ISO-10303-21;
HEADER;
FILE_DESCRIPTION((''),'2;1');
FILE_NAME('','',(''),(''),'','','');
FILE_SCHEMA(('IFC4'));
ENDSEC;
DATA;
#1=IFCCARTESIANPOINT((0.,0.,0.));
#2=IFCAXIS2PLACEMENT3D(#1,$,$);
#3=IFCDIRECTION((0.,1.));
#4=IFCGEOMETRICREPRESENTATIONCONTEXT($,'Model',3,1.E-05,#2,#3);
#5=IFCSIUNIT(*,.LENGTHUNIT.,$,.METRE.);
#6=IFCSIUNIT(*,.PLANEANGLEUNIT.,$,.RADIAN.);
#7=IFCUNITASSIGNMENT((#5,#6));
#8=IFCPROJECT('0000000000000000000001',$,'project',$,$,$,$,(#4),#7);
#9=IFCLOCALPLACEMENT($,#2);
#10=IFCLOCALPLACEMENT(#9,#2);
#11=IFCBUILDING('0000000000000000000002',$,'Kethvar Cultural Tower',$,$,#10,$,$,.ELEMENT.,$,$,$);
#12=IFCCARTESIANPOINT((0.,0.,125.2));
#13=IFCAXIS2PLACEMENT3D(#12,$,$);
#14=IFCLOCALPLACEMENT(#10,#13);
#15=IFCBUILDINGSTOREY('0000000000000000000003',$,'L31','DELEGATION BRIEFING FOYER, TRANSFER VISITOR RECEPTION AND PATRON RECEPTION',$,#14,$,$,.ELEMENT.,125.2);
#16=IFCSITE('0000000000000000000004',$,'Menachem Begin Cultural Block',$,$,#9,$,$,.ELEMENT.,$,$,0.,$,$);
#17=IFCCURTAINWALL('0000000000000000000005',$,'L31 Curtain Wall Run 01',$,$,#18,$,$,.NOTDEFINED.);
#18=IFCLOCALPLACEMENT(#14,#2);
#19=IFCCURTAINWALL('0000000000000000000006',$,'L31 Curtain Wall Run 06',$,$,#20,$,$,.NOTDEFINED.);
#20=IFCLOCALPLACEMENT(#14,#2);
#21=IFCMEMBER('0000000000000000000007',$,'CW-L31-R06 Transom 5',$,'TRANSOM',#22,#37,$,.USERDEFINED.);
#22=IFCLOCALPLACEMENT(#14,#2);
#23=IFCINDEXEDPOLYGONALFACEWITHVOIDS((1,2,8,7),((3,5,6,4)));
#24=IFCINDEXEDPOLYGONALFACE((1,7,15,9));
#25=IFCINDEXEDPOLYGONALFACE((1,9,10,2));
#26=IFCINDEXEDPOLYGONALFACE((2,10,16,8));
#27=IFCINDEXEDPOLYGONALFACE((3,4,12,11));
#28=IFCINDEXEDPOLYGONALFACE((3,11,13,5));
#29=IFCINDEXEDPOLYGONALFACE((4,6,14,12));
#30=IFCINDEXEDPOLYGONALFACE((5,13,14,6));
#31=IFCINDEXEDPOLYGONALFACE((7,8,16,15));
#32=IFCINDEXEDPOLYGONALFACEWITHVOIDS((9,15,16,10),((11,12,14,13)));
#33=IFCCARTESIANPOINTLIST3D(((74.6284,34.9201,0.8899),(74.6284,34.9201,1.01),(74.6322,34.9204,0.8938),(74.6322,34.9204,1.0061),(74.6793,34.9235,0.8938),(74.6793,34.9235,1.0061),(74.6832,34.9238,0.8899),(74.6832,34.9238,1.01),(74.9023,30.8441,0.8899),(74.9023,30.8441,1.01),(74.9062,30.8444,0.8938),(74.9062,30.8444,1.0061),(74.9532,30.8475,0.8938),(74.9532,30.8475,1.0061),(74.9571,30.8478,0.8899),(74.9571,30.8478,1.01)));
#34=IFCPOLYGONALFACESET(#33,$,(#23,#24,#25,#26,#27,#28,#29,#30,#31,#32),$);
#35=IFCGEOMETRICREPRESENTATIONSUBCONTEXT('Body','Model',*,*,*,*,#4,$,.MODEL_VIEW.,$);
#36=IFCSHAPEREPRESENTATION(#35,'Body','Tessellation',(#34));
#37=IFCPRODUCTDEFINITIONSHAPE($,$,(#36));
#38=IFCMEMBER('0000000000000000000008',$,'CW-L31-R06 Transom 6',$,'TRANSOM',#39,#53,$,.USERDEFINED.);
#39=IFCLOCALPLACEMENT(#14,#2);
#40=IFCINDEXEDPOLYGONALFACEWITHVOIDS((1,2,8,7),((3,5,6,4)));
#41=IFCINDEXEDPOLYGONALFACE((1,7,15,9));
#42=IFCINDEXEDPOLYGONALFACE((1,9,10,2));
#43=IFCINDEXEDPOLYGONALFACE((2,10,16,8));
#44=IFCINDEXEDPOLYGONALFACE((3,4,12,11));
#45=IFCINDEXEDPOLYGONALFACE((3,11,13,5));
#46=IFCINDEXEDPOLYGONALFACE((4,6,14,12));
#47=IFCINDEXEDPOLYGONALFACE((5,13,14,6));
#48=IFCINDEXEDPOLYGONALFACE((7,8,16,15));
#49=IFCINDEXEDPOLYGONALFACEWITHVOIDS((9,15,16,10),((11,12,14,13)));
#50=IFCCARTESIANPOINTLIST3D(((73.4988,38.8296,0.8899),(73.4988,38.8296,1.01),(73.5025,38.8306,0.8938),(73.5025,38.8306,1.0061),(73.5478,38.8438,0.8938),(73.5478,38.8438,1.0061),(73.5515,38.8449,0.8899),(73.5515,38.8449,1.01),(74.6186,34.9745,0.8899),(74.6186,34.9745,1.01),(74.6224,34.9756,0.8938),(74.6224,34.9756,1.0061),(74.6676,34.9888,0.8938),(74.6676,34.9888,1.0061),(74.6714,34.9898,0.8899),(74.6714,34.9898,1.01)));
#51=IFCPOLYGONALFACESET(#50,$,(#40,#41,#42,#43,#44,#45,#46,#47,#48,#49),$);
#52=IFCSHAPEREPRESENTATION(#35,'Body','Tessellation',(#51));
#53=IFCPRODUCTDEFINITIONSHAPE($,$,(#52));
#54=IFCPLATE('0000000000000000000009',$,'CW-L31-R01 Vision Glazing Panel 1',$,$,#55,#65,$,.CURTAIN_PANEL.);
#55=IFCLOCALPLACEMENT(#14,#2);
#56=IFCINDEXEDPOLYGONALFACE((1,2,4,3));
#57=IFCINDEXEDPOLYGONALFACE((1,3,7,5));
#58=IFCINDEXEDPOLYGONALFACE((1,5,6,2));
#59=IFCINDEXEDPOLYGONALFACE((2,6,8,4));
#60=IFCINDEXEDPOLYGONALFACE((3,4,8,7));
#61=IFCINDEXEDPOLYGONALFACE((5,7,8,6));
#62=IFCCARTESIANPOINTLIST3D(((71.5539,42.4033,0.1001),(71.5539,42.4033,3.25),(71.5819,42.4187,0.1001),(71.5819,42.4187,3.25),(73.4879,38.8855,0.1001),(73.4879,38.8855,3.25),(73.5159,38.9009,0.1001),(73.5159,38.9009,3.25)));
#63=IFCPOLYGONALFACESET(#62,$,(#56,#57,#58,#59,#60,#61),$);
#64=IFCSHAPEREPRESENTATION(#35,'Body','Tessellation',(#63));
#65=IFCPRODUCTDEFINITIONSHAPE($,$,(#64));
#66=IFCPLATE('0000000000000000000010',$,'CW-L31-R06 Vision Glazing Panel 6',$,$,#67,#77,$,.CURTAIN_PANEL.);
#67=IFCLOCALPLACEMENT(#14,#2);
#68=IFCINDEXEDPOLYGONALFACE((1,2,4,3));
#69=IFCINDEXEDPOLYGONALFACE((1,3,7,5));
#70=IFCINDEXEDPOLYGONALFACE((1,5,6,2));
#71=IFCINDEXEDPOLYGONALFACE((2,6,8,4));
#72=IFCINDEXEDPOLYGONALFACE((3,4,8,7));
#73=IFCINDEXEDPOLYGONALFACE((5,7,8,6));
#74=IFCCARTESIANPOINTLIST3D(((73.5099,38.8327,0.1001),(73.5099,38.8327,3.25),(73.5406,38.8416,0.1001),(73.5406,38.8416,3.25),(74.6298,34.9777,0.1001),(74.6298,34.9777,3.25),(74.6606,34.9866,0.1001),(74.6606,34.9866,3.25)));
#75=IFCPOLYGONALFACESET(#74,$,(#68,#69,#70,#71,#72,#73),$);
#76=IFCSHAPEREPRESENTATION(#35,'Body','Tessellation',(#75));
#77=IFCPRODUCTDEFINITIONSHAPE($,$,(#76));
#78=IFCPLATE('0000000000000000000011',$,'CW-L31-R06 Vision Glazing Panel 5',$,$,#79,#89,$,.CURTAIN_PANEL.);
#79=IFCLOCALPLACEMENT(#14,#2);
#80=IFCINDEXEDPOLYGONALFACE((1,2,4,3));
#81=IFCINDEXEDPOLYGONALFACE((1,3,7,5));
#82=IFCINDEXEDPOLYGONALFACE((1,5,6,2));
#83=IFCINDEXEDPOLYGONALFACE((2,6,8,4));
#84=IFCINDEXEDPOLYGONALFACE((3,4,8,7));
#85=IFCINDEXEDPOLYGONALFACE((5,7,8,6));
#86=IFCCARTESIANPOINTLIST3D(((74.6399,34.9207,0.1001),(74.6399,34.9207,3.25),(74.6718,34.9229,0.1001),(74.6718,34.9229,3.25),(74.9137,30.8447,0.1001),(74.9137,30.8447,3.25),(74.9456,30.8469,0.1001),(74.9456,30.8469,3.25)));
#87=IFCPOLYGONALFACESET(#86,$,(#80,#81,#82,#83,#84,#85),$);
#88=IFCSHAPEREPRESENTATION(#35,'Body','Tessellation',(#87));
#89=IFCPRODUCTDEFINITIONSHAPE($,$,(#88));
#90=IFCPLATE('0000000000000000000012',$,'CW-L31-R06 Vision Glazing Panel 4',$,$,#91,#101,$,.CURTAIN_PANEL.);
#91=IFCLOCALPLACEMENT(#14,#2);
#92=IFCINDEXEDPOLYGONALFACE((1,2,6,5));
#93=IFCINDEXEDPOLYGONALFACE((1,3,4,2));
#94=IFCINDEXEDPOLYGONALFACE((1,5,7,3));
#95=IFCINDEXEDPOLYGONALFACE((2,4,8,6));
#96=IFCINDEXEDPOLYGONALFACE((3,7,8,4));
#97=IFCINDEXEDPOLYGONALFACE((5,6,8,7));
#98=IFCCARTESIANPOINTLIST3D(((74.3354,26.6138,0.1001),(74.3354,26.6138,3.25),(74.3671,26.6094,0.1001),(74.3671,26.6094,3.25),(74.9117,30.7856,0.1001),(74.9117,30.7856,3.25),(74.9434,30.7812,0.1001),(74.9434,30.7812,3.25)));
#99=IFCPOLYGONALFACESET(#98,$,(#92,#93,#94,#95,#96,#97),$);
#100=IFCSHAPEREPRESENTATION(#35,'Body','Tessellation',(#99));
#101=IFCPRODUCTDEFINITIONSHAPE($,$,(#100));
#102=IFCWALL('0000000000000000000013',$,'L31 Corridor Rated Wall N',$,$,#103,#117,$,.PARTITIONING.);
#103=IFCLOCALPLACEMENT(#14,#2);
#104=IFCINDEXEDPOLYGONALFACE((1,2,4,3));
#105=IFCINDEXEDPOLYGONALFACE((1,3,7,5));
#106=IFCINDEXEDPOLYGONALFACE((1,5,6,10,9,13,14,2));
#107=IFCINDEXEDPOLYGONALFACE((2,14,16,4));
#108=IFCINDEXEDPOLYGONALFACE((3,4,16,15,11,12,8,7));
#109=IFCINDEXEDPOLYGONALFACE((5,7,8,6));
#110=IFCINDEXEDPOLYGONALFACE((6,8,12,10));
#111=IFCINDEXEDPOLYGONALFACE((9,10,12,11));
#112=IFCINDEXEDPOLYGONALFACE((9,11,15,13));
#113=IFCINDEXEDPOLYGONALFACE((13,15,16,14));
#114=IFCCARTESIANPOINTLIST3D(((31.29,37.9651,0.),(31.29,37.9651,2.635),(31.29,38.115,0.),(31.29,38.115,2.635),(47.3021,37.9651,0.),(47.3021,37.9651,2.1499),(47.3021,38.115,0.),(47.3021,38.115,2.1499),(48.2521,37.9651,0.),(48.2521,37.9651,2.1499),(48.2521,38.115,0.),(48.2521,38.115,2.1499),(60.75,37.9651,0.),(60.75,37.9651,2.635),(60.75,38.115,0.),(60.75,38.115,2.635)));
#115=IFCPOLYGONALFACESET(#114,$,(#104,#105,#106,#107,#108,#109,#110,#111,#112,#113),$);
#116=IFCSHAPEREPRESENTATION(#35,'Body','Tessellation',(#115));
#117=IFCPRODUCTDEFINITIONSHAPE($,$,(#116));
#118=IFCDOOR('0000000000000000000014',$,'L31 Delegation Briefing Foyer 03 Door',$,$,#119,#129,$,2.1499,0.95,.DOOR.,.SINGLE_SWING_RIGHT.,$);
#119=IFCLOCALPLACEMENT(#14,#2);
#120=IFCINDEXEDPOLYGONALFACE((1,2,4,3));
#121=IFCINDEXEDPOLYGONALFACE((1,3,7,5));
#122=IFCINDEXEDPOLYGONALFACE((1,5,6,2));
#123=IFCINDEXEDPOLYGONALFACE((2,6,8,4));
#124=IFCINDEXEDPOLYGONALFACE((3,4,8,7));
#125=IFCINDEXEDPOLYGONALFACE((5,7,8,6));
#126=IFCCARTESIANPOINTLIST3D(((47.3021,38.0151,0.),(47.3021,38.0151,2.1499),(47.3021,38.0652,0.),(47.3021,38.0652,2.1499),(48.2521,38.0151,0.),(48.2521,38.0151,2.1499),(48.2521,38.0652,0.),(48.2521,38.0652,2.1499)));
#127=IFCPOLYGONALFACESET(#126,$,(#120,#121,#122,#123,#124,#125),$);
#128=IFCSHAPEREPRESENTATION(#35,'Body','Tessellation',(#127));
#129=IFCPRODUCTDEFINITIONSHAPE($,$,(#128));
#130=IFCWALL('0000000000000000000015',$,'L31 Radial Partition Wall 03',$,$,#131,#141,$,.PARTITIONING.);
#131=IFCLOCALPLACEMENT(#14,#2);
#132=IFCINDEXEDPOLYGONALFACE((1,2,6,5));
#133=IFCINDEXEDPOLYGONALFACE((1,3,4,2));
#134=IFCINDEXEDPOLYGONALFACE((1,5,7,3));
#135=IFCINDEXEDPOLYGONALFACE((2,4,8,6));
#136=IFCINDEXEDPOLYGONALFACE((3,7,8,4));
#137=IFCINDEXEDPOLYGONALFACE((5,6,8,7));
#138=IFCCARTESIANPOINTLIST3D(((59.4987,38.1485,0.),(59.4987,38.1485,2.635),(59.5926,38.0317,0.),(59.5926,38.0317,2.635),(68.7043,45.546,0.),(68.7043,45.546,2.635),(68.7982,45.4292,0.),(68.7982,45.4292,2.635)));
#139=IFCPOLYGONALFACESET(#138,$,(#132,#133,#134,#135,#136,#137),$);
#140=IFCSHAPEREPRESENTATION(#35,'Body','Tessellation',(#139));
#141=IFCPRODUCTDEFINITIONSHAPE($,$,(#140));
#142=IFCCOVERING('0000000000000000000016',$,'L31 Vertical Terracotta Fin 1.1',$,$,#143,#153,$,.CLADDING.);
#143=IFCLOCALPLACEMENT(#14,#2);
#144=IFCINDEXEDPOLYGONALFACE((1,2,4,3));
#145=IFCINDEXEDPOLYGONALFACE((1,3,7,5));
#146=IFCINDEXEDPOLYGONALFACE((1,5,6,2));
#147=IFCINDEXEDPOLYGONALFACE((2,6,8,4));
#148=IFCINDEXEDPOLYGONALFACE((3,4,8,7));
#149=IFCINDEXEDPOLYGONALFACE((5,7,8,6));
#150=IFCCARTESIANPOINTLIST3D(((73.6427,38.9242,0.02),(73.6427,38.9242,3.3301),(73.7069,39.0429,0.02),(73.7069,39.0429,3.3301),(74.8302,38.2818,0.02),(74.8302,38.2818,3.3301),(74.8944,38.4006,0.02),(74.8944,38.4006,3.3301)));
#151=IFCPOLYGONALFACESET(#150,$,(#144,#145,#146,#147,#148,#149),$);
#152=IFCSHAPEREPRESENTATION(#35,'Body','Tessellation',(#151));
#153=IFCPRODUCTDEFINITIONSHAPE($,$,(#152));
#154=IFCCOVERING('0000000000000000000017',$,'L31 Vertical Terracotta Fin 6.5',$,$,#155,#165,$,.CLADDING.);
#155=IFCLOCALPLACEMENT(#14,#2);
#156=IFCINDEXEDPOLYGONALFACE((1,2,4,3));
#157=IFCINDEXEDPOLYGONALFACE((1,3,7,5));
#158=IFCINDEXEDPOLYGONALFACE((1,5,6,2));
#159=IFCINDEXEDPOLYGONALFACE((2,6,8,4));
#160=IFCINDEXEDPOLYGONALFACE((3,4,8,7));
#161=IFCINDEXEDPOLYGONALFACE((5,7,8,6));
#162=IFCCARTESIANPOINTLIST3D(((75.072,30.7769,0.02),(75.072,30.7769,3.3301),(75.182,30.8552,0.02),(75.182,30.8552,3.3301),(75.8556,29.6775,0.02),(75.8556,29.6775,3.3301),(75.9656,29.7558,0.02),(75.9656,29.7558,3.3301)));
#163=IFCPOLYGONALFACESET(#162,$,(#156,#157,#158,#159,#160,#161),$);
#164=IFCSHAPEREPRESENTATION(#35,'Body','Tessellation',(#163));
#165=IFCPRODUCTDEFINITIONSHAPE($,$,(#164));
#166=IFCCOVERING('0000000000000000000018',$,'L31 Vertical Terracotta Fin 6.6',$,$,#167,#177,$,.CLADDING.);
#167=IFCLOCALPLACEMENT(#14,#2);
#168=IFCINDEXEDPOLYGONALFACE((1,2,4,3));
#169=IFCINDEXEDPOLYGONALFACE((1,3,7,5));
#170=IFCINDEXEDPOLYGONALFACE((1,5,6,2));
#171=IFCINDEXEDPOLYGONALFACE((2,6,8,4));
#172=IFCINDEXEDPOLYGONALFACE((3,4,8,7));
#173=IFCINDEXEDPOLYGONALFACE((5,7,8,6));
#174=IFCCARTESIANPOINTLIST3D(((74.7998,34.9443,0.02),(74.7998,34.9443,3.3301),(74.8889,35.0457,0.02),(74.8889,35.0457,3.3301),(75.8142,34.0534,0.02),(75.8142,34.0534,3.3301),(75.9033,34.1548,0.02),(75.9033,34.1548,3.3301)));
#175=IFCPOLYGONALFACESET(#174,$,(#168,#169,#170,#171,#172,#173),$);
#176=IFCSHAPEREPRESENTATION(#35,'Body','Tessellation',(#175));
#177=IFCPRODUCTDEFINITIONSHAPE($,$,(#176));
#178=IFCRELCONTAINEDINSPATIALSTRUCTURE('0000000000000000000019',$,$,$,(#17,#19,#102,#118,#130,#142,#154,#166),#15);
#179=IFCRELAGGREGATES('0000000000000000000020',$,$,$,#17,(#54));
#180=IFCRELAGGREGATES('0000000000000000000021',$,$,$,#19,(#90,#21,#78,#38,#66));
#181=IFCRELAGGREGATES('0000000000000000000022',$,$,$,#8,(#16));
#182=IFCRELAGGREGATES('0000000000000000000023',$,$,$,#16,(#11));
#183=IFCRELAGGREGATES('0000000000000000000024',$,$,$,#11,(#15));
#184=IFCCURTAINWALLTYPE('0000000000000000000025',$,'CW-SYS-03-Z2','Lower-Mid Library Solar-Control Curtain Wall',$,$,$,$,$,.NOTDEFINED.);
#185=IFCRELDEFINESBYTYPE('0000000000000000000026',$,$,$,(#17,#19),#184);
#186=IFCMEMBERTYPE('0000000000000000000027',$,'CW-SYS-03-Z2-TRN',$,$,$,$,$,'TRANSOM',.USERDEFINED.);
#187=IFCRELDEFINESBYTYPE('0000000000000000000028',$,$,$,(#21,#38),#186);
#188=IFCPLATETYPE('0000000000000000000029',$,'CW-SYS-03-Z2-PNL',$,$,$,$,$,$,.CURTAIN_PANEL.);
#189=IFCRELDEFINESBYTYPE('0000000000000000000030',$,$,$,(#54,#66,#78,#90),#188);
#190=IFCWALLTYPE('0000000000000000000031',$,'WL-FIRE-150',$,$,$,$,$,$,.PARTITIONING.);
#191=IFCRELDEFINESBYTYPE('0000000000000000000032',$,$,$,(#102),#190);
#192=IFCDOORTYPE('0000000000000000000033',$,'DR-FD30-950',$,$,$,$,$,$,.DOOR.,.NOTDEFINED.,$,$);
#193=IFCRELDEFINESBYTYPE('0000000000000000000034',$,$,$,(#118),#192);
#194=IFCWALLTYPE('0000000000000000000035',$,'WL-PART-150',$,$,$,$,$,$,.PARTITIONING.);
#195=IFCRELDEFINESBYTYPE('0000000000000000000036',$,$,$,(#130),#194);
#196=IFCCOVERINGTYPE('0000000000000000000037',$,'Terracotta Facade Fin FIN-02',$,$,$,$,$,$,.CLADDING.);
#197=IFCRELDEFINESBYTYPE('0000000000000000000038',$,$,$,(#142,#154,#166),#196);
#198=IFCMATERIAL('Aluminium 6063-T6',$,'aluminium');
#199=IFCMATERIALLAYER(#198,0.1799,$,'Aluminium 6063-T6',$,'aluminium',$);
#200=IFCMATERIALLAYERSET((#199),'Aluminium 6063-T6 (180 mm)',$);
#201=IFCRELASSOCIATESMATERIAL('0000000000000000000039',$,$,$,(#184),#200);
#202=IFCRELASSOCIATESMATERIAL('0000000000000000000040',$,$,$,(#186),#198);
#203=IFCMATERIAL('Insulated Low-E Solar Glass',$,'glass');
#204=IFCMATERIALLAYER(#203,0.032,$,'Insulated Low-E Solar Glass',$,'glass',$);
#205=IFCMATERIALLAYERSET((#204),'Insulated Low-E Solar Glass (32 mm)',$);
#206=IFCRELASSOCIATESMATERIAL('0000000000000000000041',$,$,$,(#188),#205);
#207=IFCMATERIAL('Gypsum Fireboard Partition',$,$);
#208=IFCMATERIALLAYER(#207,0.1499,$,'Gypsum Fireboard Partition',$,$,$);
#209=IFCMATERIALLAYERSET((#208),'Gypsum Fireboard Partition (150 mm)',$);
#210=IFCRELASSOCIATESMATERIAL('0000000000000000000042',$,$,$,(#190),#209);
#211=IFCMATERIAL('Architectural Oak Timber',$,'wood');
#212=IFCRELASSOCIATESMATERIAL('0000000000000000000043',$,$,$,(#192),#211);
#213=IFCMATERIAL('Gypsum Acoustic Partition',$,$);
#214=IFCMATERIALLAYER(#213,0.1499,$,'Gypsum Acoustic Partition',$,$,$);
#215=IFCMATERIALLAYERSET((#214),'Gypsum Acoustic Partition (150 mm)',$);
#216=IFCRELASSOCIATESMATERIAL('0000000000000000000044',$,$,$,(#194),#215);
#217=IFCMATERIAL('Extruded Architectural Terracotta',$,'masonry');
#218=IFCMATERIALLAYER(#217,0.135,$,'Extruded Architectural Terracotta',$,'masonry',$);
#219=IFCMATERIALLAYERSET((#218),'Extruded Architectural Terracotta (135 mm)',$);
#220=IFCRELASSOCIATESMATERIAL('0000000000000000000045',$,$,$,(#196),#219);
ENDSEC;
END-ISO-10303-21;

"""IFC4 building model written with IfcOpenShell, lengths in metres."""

from ifc_helpers import new_model, si_unit, direction, frame, frame_2d, origin, origin_2d, place, context, subcontext, project, spatial, rectangle, hollow_rectangle, extrude, source, transform, mapped, material, layer, layer_set, material_profile, profile_set, type_object, element, fill, aggregate, save


model = new_model("IFC4")

# Units and contexts
model_context = context("Model", 3, precision=1e-05, world=origin(), true_north=direction((0.0, 1.0)))
body_context = subcontext(model_context, "Body", "Model", "MODEL_VIEW")
ifc_project = project(units=[si_unit("LENGTHUNIT", "METRE"), si_unit("PLANEANGLEUNIT", "RADIAN")], contexts=[model_context])

# Site, building, storey
site_placement = place(None, origin())
site = spatial("IfcSite", under=ifc_project, at=site_placement, Name="Menachem Begin Cultural Block", CompositionType="ELEMENT", RefElevation=0.0)
building_placement = place(site_placement, origin())
building = spatial("IfcBuilding", under=site, at=building_placement, Name="Kethvar Cultural Tower", CompositionType="ELEMENT")
storey_placement = place(building_placement, frame((0.0, 0.0, 125.2)))
storey = spatial("IfcBuildingStorey", under=building, at=storey_placement, Name="L31", Description="DELEGATION BRIEFING FOYER, TRANSFER VISITOR RECEPTION AND PATRON RECEPTION", CompositionType="ELEMENT", Elevation=125.2)

# Curtain wall
ifc_material_1 = material(Name="Aluminium 6063-T6", Category="aluminium")
ifc_layer_1 = layer(ifc_material_1, 0.1799, Name="Aluminium 6063-T6", Category="aluminium")
ifc_layer_set_1 = layer_set([ifc_layer_1], Name="Aluminium 6063-T6 (180 mm)")
curtain_wall_type = type_object("IfcCurtainWallType", Name="CW-SYS-03-Z2", Description="Lower-Mid Library Solar-Control Curtain Wall", PredefinedType="NOTDEFINED", material=ifc_layer_set_1)
curtain_wall_1_placement = place(storey_placement, origin())
curtain_wall_1 = element("IfcCurtainWall", 1, at=curtain_wall_1_placement, inside=storey, type_object=curtain_wall_type, Name="L31 Curtain Wall Run 01", PredefinedType="NOTDEFINED")

# Curtain wall
curtain_wall_2_placement = place(storey_placement, origin())
curtain_wall_2 = element("IfcCurtainWall", 2, at=curtain_wall_2_placement, inside=storey, type_object=curtain_wall_type, Name="L31 Curtain Wall Run 06", PredefinedType="NOTDEFINED")

# Members
ifc_material_profile_1 = material_profile(ifc_material_1, hollow_rectangle(XDim=0.0549, YDim=0.1201, WallThickness=0.0039, at=origin_2d()), Name="Aluminium 6063-T6 — RHS120x55x4")
ifc_profile_set_1 = profile_set([ifc_material_profile_1], Name="Aluminium 6063-T6 — RHS120x55x4")
member_type_1 = type_object("IfcMemberType", Name="CW-SYS-03-Z2-TRN", ElementType="TRANSOM", PredefinedType="USERDEFINED", material=ifc_profile_set_1)
shared_shape_1 = source(origin(), body_context, "Body", "SweptSolid", [
    extrude(hollow_rectangle(XDim=0.0549, YDim=0.1201, WallThickness=0.0039, at=origin_2d()), origin(), (0.0, 0.0, 1.0), 4.0852),
])
member_1_placement = place(storey_placement, frame((74.9297, 30.8459, 0.95), z_axis=(-0.067054, 0.997749, 0.0), x_axis=(-0.997749, -0.067054, 0.0)))
member_1 = element("IfcMember", 3, at=member_1_placement, type_object=member_type_1, Name="CW-L31-R06 Transom 5", ObjectType="TRANSOM", PredefinedType="USERDEFINED", context=body_context, shape_type="MappedRepresentation", body=[
    mapped(shared_shape_1, transform((0.0, 0.0, 0.0), scale=1.0)),
])
shared_shape_2 = source(origin(), body_context, "Body", "SweptSolid", [
    extrude(hollow_rectangle(XDim=0.0549, YDim=0.1201, WallThickness=0.0039, at=origin_2d()), origin(), (0.0, 0.0, 1.0), 4.0144),
])
member_2_placement = place(storey_placement, frame((74.645, 34.9822, 0.95), z_axis=(-0.278968, 0.960301, 0.0), x_axis=(-0.960301, -0.278968, 0.0)))
member_2 = element("IfcMember", 4, at=member_2_placement, type_object=member_type_1, Name="CW-L31-R06 Transom 6", ObjectType="TRANSOM", PredefinedType="USERDEFINED", context=body_context, shape_type="MappedRepresentation", body=[
    mapped(shared_shape_2, transform((0.0, 0.0, 0.0), scale=1.0)),
])

# Plates
ifc_material_2 = material(Name="Insulated Low-E Solar Glass", Category="glass")
ifc_layer_2 = layer(ifc_material_2, 0.032, Name="Insulated Low-E Solar Glass", Category="glass")
ifc_layer_set_2 = layer_set([ifc_layer_2], Name="Insulated Low-E Solar Glass (32 mm)")
plate_type = type_object("IfcPlateType", Name="CW-SYS-03-Z2-PNL", PredefinedType="CURTAIN_PANEL", material=ifc_layer_set_2)
shared_shape_3 = source(origin(), body_context, "Body", "SweptSolid", [
    extrude(rectangle(XDim=4.0144, YDim=0.032, at=origin_2d()), origin(), (0.0, 0.0, 1.0), 3.1499),
])
plate_1_placement = place(storey_placement, frame((72.5349, 40.6521, 0.1001), z_axis=(0.0, 0.0, 1.0), x_axis=(-0.481769, 0.876298, 0.0)))
plate_1 = element("IfcPlate", 5, at=plate_1_placement, type_object=plate_type, Name="CW-L31-R01 Vision Glazing Panel 1", PredefinedType="CURTAIN_PANEL", context=body_context, shape_type="MappedRepresentation", body=[
    mapped(shared_shape_3, transform((0.0, 0.0, 0.0), scale=1.0)),
])
aggregate(curtain_wall_1, [plate_1])
plate_2_placement = place(storey_placement, frame((74.0852, 36.9097, 0.1001), z_axis=(0.0, 0.0, 1.0), x_axis=(-0.278991, 0.960294, 0.0)))
plate_2 = element("IfcPlate", 6, at=plate_2_placement, type_object=plate_type, Name="CW-L31-R06 Vision Glazing Panel 6", PredefinedType="CURTAIN_PANEL", context=body_context, shape_type="MappedRepresentation", body=[
    mapped(shared_shape_3, transform((0.0, 0.0, 0.0), scale=1.0)),
])
shared_shape_4 = source(origin(), body_context, "Body", "SweptSolid", [
    extrude(rectangle(XDim=4.0852, YDim=0.032, at=origin_2d()), origin(), (0.0, 0.0, 1.0), 3.1499),
])
plate_3_placement = place(storey_placement, frame((74.7927, 32.8838, 0.1001), z_axis=(0.0, 0.0, 1.0), x_axis=(-0.067023, 0.997751, 0.0)))
plate_3 = element("IfcPlate", 7, at=plate_3_placement, type_object=plate_type, Name="CW-L31-R06 Vision Glazing Panel 5", PredefinedType="CURTAIN_PANEL", context=body_context, shape_type="MappedRepresentation", body=[
    mapped(shared_shape_4, transform((0.0, 0.0, 0.0), scale=1.0)),
])
shared_shape_5 = source(origin(), body_context, "Body", "SweptSolid", [
    extrude(rectangle(XDim=4.2114, YDim=0.032, at=origin_2d()), origin(), (0.0, 0.0, 1.0), 3.1499),
])
plate_4_placement = place(storey_placement, frame((74.6394, 28.6975, 0.1001), z_axis=(0.0, 0.0, 1.0), x_axis=(0.136839, 0.990593, 0.0)))
plate_4 = element("IfcPlate", 8, at=plate_4_placement, type_object=plate_type, Name="CW-L31-R06 Vision Glazing Panel 4", PredefinedType="CURTAIN_PANEL", context=body_context, shape_type="MappedRepresentation", body=[
    mapped(shared_shape_5, transform((0.0, 0.0, 0.0), scale=1.0)),
])
aggregate(curtain_wall_2, [plate_4, member_1, plate_3, member_2, plate_2])

# Wall, opening, door
ifc_material_3 = material(Name="Gypsum Fireboard Partition")
ifc_layer_3 = layer(ifc_material_3, 0.1499, Name="Gypsum Fireboard Partition")
ifc_layer_set_3 = layer_set([ifc_layer_3], Name="Gypsum Fireboard Partition (150 mm)")
wall_type_1 = type_object("IfcWallType", Name="WL-FIRE-150", PredefinedType="PARTITIONING", material=ifc_layer_set_3)
wall_1_placement = place(storey_placement, frame((60.75, 38.04, 0.0), z_axis=(0.0, 0.0, 1.0), x_axis=(-1.0, 0.0, 0.0)))
wall_1 = element("IfcWall", 9, at=wall_1_placement, inside=storey, type_object=wall_type_1, Name="L31 Corridor Rated Wall N", PredefinedType="PARTITIONING", context=body_context, shape_type="SweptSolid", body=[
    extrude(rectangle(XDim=29.46, YDim=0.1499, at=frame_2d((14.73, 0.0))), origin(), (0.0, 0.0, 1.0), 2.635),
])
opening_placement = place(wall_1_placement, frame((12.4978, 0.0, 0.0)))
opening = element("IfcOpeningElement", 10, at=opening_placement, cuts=wall_1, PredefinedType="OPENING", context=body_context, shape_type="SweptSolid", body=[
    extrude(rectangle(XDim=0.95, YDim=2.1499, at=frame_2d((0.4751, 1.075))), frame((0.0, 0.085, 0.0), z_axis=(0.0, -1.0, 0.0), x_axis=(1.0, 0.0, 0.0)), (0.0, 0.0, 1.0), 0.1699),
])
ifc_material_4 = material(Name="Architectural Oak Timber", Category="wood")
door_type = type_object("IfcDoorType", Name="DR-FD30-950", OperationType="NOTDEFINED", PredefinedType="DOOR", material=ifc_material_4)
shared_shape_6 = source(origin(), body_context, "Body", "SweptSolid", [
    extrude(rectangle(XDim=0.95, YDim=2.1499, at=frame_2d((0.4751, 1.075))), frame((0.0, 0.0249, 0.0), z_axis=(0.0, -1.0, 0.0), x_axis=(1.0, 0.0, 0.0)), (0.0, 0.0, 1.0), 0.05),
])
door_placement = place(opening_placement, origin())
door = element("IfcDoor", 11, at=door_placement, inside=storey, type_object=door_type, Name="L31 Delegation Briefing Foyer 03 Door", OperationType="SINGLE_SWING_RIGHT", OverallHeight=2.1499, OverallWidth=0.95, PredefinedType="DOOR", context=body_context, shape_type="MappedRepresentation", body=[
    mapped(shared_shape_6, transform((0.0, 0.0, 0.0), scale=1.0)),
])
fill(opening, door)

# Wall
ifc_material_5 = material(Name="Gypsum Acoustic Partition")
ifc_layer_4 = layer(ifc_material_5, 0.1499, Name="Gypsum Acoustic Partition")
ifc_layer_set_4 = layer_set([ifc_layer_4], Name="Gypsum Acoustic Partition (150 mm)")
wall_type_2 = type_object("IfcWallType", Name="WL-PART-150", PredefinedType="PARTITIONING", material=ifc_layer_set_4)
wall_2_placement = place(storey_placement, frame((59.5457, 38.0901, 0.0), z_axis=(0.0, 0.0, 1.0), x_axis=(0.779504, 0.626398, 0.0)))
element("IfcWall", 12, at=wall_2_placement, inside=storey, type_object=wall_type_2, Name="L31 Radial Partition Wall 03", PredefinedType="PARTITIONING", context=body_context, shape_type="SweptSolid", body=[
    extrude(rectangle(XDim=11.8096, YDim=0.1499, at=frame_2d((5.9048, 0.0))), origin(), (0.0, 0.0, 1.0), 2.635),
])

# Coverings
ifc_material_6 = material(Name="Extruded Architectural Terracotta", Category="masonry")
ifc_layer_5 = layer(ifc_material_6, 0.135, Name="Extruded Architectural Terracotta", Category="masonry")
ifc_layer_set_5 = layer_set([ifc_layer_5], Name="Extruded Architectural Terracotta (135 mm)")
covering_type = type_object("IfcCoveringType", Name="Terracotta Facade Fin FIN-02", PredefinedType="CLADDING", material=ifc_layer_set_5)
shared_shape_7 = source(origin(), body_context, "Body", "SweptSolid", [
    extrude(rectangle(XDim=1.3501, YDim=0.135, at=origin_2d()), origin(), (0.0, 0.0, 1.0), 3.3101),
])
for number, where, z_axis, x_axis, name in (
    (13, (74.2686, 38.6624, 0.02), (0.0, 0.0, 1.0), (0.879566, -0.475778, 0.0), "L31 Vertical Terracotta Fin 1.1"),
    (14, (75.5188, 30.2664, 0.02), (0.0, 0.0, 1.0), (0.580419, -0.814318, 0.0), "L31 Vertical Terracotta Fin 6.5"),
    (15, (75.3516, 34.5496, 0.02), (0.0, 0.0, 1.0), (0.751379, -0.659871, 0.0), "L31 Vertical Terracotta Fin 6.6"),
):
    element("IfcCovering", number, at=place(storey_placement, frame(where, z_axis=z_axis, x_axis=x_axis)), inside=storey, type_object=covering_type, Name=name, PredefinedType="CLADDING", context=body_context, shape_type="MappedRepresentation", body=[
        mapped(shared_shape_7, transform((0.0, 0.0, 0.0), scale=1.0)),
    ])

save(model, "model.ifc")
